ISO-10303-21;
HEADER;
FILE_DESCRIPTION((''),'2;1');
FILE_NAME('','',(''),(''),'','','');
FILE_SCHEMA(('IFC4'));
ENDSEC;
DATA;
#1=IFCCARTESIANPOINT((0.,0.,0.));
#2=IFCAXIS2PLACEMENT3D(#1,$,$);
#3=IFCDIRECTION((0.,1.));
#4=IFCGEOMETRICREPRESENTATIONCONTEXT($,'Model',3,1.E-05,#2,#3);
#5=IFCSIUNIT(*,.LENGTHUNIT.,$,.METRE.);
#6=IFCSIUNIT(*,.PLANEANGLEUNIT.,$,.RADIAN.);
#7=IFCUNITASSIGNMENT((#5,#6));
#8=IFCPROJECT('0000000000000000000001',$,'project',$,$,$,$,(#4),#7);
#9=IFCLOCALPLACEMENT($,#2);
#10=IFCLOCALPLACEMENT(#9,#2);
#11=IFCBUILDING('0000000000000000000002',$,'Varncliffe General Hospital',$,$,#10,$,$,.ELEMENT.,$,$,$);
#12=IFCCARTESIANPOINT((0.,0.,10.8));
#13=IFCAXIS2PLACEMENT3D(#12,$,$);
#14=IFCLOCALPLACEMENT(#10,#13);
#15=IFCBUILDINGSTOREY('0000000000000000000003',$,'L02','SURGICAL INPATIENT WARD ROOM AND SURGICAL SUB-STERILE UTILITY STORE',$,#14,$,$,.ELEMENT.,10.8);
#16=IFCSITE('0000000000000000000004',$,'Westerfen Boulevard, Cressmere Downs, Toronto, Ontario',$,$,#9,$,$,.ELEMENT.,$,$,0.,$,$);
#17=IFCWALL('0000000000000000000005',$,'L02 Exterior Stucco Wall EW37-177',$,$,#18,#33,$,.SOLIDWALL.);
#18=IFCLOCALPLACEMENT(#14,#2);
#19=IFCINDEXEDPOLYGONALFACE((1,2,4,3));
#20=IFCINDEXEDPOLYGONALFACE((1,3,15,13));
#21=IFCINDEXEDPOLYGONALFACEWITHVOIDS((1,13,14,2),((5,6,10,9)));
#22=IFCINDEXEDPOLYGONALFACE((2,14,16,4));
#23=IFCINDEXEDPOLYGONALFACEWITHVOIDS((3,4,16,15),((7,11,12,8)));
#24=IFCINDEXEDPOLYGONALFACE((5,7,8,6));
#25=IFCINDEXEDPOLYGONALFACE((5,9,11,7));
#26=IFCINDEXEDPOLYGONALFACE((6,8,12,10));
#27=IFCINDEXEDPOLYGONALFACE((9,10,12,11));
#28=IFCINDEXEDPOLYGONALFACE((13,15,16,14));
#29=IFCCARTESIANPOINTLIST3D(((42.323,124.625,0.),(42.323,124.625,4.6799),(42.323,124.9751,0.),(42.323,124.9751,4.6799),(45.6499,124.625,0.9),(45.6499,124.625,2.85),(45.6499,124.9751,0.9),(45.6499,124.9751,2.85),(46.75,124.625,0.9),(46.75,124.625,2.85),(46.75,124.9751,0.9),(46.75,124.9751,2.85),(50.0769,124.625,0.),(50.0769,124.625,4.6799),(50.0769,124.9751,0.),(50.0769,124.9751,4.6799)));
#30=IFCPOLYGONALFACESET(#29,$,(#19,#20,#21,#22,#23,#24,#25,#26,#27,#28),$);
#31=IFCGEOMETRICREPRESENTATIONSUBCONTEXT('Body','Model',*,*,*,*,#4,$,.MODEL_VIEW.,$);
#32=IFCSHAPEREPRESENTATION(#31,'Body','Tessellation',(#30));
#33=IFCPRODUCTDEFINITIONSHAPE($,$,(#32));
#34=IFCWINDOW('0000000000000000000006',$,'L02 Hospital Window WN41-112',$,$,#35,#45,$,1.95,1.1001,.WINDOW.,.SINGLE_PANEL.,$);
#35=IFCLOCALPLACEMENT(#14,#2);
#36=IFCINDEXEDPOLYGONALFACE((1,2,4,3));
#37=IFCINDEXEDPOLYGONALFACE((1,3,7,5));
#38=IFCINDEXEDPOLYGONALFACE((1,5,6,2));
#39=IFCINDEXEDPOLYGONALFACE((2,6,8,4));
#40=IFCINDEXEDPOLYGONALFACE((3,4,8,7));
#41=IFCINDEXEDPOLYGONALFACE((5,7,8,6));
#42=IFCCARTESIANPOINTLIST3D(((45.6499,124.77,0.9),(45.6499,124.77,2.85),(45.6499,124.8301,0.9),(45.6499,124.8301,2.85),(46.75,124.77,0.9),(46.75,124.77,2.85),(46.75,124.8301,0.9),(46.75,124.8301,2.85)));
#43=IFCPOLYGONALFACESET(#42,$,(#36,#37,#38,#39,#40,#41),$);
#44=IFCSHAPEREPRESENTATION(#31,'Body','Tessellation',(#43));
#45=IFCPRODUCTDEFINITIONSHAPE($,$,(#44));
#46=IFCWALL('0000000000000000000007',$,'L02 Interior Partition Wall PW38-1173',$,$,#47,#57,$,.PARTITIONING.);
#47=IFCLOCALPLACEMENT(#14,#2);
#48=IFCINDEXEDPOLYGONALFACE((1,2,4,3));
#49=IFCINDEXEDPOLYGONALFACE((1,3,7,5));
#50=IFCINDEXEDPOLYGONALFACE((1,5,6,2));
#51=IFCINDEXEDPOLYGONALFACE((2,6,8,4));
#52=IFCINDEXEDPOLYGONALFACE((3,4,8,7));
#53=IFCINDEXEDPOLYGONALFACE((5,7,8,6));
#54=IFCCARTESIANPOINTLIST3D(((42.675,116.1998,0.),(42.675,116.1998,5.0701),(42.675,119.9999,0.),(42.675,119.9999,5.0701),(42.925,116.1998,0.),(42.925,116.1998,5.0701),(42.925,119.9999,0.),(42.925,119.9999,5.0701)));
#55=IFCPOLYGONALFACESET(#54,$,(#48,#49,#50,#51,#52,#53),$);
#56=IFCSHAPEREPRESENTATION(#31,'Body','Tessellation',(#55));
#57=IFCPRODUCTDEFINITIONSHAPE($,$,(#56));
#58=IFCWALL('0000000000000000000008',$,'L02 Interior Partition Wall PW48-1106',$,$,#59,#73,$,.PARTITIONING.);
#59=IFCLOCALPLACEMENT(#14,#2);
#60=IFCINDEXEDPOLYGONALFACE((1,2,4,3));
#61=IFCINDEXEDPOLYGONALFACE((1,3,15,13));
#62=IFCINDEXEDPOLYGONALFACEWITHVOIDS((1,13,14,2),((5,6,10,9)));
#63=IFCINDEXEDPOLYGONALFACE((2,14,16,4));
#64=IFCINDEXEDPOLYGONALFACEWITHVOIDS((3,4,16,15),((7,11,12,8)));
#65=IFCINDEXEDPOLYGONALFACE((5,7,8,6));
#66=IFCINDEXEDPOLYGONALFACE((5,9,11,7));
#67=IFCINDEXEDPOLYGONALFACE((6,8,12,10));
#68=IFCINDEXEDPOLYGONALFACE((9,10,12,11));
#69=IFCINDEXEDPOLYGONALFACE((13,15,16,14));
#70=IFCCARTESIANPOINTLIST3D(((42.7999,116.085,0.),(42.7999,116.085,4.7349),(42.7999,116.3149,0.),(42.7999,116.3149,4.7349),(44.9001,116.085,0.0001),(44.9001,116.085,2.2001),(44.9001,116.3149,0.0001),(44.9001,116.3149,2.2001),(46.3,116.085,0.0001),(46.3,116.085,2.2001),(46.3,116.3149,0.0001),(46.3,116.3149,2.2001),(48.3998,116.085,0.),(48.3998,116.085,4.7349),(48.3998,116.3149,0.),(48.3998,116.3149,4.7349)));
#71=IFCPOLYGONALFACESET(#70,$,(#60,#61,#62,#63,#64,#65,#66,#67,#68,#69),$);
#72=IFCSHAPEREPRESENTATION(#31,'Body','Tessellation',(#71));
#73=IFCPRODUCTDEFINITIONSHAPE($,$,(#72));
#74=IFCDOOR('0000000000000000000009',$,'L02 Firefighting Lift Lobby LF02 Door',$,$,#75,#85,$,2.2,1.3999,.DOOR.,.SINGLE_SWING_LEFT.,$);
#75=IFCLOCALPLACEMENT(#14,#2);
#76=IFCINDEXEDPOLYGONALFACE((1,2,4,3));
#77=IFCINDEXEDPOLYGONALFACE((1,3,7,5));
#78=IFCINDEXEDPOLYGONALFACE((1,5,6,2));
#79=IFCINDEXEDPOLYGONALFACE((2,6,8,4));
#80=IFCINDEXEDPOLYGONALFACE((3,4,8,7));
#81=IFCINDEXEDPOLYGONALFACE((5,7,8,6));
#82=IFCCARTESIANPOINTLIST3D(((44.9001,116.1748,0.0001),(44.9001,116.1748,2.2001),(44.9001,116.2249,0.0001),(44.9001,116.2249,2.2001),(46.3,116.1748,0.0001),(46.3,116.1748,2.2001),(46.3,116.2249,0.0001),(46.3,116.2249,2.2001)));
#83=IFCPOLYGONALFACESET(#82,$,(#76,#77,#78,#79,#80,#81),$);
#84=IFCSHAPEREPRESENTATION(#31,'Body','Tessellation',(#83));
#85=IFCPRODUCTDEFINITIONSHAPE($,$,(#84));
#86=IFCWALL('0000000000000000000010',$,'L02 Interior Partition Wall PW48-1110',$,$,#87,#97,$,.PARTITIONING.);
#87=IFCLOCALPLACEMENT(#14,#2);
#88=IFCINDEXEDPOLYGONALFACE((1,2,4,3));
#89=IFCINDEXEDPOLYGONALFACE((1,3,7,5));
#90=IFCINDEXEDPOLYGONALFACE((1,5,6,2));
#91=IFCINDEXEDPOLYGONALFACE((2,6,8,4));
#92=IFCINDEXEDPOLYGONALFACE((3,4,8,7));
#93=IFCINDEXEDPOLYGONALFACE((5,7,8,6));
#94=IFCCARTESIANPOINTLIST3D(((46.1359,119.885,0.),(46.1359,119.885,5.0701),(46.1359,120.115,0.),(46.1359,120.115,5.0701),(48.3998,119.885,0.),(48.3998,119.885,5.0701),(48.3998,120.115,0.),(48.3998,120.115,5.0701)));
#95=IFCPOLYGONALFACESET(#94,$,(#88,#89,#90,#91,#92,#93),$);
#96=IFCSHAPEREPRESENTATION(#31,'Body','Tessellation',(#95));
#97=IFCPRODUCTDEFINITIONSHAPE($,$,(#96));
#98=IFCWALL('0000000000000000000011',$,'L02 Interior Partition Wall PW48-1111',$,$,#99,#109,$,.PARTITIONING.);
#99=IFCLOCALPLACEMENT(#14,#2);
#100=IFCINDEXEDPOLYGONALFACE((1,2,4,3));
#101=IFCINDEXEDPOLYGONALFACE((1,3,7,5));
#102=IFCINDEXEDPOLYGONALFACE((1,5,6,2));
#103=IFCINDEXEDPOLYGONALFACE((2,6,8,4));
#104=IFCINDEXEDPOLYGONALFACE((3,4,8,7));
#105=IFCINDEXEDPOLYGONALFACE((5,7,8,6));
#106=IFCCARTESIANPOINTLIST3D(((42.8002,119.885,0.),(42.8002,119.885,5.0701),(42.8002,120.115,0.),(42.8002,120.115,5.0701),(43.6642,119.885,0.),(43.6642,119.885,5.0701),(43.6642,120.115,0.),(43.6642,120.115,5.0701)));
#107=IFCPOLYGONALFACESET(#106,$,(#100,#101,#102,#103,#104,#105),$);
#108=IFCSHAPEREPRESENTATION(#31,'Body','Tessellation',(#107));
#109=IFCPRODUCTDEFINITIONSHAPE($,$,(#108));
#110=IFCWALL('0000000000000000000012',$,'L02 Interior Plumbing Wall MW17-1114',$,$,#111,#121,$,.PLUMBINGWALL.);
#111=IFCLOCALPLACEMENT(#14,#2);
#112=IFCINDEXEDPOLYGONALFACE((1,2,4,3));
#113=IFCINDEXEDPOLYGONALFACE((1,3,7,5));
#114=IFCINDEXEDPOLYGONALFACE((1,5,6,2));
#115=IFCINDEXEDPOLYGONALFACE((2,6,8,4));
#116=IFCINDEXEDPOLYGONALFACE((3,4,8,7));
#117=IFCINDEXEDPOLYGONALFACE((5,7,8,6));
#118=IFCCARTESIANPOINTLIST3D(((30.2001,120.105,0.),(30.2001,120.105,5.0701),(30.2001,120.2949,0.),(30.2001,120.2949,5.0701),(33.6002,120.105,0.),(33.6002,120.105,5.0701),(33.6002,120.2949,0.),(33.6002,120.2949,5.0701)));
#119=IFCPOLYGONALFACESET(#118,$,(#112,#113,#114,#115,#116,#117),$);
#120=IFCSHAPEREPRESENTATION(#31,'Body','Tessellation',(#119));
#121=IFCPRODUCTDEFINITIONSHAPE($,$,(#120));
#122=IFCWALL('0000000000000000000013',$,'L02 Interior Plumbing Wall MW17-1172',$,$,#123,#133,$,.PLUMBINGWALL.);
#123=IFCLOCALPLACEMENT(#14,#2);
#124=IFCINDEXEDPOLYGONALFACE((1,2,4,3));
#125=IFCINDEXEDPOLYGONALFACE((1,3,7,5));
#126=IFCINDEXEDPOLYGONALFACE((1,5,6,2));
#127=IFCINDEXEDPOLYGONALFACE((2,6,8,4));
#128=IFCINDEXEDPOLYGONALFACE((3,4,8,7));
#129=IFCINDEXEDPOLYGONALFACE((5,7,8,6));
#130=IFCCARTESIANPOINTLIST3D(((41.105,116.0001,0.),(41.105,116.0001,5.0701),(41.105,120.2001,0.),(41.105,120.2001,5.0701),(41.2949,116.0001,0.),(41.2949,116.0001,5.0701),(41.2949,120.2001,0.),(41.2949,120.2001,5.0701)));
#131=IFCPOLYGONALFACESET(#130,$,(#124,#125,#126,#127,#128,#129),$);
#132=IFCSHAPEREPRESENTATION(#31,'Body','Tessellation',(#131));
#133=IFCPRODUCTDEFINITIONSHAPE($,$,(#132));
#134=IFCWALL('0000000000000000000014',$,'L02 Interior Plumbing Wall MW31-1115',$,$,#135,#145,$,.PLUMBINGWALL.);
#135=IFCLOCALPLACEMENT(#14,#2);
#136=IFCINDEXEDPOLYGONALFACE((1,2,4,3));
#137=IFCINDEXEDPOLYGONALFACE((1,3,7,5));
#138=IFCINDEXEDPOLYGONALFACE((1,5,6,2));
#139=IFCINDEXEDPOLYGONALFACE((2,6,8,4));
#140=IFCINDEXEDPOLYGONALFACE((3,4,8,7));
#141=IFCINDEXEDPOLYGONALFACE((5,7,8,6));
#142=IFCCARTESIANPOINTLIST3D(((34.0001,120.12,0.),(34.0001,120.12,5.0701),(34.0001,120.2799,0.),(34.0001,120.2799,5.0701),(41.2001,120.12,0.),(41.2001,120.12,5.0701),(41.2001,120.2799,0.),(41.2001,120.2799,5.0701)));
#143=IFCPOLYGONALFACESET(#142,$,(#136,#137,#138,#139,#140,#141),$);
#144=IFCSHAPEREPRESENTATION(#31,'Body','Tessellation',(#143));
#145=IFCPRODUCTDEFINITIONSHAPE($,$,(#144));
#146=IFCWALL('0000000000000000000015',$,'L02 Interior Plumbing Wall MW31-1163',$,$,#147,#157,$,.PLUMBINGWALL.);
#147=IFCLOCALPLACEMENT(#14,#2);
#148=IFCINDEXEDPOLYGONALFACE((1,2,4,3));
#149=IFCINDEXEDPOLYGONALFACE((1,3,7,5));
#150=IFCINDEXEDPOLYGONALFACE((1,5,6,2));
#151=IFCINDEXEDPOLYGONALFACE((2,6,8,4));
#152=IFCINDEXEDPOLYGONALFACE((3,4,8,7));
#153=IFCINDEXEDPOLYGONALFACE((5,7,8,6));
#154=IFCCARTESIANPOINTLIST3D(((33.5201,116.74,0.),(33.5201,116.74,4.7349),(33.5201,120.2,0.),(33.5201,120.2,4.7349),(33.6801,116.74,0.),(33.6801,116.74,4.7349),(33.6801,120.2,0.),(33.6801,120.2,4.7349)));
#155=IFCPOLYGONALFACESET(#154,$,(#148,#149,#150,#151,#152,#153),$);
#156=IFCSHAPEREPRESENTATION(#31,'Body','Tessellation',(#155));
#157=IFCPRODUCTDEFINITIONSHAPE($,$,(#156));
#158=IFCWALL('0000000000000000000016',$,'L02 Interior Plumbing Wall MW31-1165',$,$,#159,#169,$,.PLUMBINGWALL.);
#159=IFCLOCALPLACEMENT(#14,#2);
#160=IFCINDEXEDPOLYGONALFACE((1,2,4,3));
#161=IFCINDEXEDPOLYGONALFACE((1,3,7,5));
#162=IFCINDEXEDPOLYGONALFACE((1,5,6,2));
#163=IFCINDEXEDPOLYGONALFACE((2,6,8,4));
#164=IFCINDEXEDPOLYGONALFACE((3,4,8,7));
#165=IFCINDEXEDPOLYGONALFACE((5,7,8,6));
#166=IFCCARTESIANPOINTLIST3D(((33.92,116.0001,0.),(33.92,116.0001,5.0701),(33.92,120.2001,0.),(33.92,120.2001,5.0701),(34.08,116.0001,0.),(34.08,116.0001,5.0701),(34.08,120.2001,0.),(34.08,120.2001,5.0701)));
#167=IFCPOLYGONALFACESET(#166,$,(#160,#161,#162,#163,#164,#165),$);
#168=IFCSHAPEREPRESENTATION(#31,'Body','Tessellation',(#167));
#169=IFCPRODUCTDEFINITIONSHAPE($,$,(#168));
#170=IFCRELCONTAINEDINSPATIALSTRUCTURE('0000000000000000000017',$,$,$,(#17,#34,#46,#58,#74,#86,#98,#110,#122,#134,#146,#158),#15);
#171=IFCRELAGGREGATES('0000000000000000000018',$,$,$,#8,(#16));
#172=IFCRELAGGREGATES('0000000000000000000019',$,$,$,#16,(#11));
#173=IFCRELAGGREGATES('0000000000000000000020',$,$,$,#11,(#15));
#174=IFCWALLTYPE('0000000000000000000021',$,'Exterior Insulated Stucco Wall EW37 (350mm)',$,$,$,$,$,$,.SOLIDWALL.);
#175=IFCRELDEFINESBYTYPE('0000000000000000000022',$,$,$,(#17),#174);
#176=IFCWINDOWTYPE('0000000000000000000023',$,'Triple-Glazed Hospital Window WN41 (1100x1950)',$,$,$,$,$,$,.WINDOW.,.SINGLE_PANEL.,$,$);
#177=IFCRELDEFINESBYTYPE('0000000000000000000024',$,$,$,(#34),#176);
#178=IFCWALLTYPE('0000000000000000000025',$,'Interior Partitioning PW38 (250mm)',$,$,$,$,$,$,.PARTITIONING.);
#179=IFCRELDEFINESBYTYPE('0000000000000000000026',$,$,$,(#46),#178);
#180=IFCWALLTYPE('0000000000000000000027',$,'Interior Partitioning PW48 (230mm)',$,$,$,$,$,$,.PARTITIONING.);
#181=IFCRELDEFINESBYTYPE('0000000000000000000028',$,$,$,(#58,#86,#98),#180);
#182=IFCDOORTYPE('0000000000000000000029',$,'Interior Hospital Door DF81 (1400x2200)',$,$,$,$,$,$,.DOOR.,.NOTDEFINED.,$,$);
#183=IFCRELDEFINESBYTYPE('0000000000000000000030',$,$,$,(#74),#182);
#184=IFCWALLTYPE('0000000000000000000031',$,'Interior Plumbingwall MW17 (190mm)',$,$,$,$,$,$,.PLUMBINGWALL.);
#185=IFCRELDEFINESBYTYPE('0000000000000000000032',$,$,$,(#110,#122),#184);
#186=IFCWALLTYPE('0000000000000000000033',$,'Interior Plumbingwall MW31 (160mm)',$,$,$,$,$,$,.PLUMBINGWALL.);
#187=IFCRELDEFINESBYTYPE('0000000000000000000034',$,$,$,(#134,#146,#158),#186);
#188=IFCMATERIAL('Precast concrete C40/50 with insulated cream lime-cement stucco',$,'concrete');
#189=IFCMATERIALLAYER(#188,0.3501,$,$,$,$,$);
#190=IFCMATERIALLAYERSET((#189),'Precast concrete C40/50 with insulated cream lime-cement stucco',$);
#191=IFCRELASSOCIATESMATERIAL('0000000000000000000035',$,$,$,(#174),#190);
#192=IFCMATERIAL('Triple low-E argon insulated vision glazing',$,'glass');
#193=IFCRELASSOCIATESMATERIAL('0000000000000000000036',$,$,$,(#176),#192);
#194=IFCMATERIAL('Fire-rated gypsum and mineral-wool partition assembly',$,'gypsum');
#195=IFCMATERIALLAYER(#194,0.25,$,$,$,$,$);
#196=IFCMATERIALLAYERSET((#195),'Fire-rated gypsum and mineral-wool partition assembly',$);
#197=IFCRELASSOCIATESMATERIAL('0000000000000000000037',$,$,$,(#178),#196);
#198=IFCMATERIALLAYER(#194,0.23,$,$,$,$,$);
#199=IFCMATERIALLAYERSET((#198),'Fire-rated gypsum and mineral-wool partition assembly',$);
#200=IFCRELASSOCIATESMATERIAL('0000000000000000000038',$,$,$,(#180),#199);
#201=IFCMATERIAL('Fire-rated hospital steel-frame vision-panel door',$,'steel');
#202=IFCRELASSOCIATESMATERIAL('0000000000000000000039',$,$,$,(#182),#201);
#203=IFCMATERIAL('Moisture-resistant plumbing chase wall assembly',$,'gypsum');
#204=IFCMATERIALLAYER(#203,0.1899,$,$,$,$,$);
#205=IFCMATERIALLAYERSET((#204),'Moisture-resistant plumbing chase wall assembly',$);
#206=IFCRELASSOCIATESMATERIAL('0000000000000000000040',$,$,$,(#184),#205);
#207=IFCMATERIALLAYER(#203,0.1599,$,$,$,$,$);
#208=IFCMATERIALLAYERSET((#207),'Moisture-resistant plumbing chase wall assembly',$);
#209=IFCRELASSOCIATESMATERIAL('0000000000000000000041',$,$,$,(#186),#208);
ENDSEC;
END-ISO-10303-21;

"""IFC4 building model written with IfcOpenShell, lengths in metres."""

from ifc_helpers import new_model, si_unit, direction, frame, frame_2d, origin, place, context, subcontext, project, spatial, rectangle, extrude, material, layer, layer_set, type_object, element, fill, save


model = new_model("IFC4")

# Units and contexts
model_context = context("Model", 3, precision=1e-05, world=origin(), true_north=direction((0.0, 1.0)))
body_context = subcontext(model_context, "Body", "Model", "MODEL_VIEW")
ifc_project = project(units=[si_unit("LENGTHUNIT", "METRE"), si_unit("PLANEANGLEUNIT", "RADIAN")], contexts=[model_context])

# Site, building, storey
site_placement = place(None, origin())
site = spatial("IfcSite", under=ifc_project, at=site_placement, Name="Westerfen Boulevard, Cressmere Downs, Toronto, Ontario", CompositionType="ELEMENT", RefElevation=0.0)
building_placement = place(site_placement, origin())
building = spatial("IfcBuilding", under=site, at=building_placement, Name="Varncliffe General Hospital", CompositionType="ELEMENT")
storey_placement = place(building_placement, frame((0.0, 0.0, 10.8)))
storey = spatial("IfcBuildingStorey", under=building, at=storey_placement, Name="L02", Description="SURGICAL INPATIENT WARD ROOM AND SURGICAL SUB-STERILE UTILITY STORE", CompositionType="ELEMENT", Elevation=10.8)

# Wall, opening, window
ifc_material_1 = material(Name="Precast concrete C40/50 with insulated cream lime-cement stucco", Category="concrete")
ifc_material_2 = material(Name="Triple low-E argon insulated vision glazing", Category="glass")
ifc_layer_1 = layer(ifc_material_1, 0.3501)
ifc_layer_set_1 = layer_set([ifc_layer_1], Name="Precast concrete C40/50 with insulated cream lime-cement stucco")
wall_type_1 = type_object("IfcWallType", Name="Exterior Insulated Stucco Wall EW37 (350mm)", PredefinedType="SOLIDWALL", material=ifc_layer_set_1)
wall_1_placement = place(storey_placement, frame((42.323, 124.8, 0.0), z_axis=(0.0, 0.0, 1.0), x_axis=(1.0, 0.0, 0.0)))
wall_1 = element("IfcWall", 1, at=wall_1_placement, inside=storey, type_object=wall_type_1, Name="L02 Exterior Stucco Wall EW37-177", PredefinedType="SOLIDWALL", context=body_context, shape_type="SweptSolid", body=[
    extrude(rectangle(XDim=7.7539, YDim=0.3501, at=frame_2d((3.877, 0.0))), origin(), (0.0, 0.0, 1.0), 4.6799),
])
opening_1_placement = place(wall_1_placement, frame((3.3269, 0.0, 0.8999)))
opening_1 = element("IfcOpeningElement", 2, at=opening_1_placement, cuts=wall_1, PredefinedType="OPENING", context=body_context, shape_type="SweptSolid", body=[
    extrude(rectangle(XDim=1.1001, YDim=1.95, at=frame_2d((0.55, 0.9751))), frame((0.0, 0.1851, 0.0), z_axis=(0.0, -1.0, 0.0), x_axis=(1.0, 0.0, 0.0)), (0.0, 0.0, 1.0), 0.3701),
])
window_type_1 = type_object("IfcWindowType", Name="Triple-Glazed Hospital Window WN41 (1100x1950)", PartitioningType="SINGLE_PANEL", PredefinedType="WINDOW", material=ifc_material_2)
window_1_placement = place(opening_1_placement, origin())
window_1 = element("IfcWindow", 3, at=window_1_placement, inside=storey, type_object=window_type_1, Name="L02 Hospital Window WN41-112", OverallHeight=1.95, OverallWidth=1.1001, PartitioningType="SINGLE_PANEL", PredefinedType="WINDOW", context=body_context, shape_type="SweptSolid", body=[
    extrude(rectangle(XDim=1.1001, YDim=1.95, at=frame_2d((0.55, 0.9751))), frame((0.0, 0.03, 0.0), z_axis=(0.0, -1.0, 0.0), x_axis=(1.0, 0.0, 0.0)), (0.0, 0.0, 1.0), 0.0601),
])
fill(opening_1, window_1)

# Wall
ifc_material_3 = material(Name="Fire-rated gypsum and mineral-wool partition assembly", Category="gypsum")
ifc_layer_2 = layer(ifc_material_3, 0.25)
ifc_layer_set_2 = layer_set([ifc_layer_2], Name="Fire-rated gypsum and mineral-wool partition assembly")
wall_type_2 = type_object("IfcWallType", Name="Interior Partitioning PW38 (250mm)", PredefinedType="PARTITIONING", material=ifc_layer_set_2)
wall_2_placement = place(storey_placement, frame((42.8, 116.2, 0.0), z_axis=(0.0, 0.0, 1.0), x_axis=(0.0, 1.0, 0.0)))
element("IfcWall", 4, at=wall_2_placement, inside=storey, type_object=wall_type_2, Name="L02 Interior Partition Wall PW38-1173", PredefinedType="PARTITIONING", context=body_context, shape_type="SweptSolid", body=[
    extrude(rectangle(XDim=3.8, YDim=0.25, at=frame_2d((1.8999, 0.0))), origin(), (0.0, 0.0, 1.0), 5.0701),
])

# Wall, opening, door
ifc_layer_3 = layer(ifc_material_3, 0.23)
ifc_layer_set_3 = layer_set([ifc_layer_3], Name="Fire-rated gypsum and mineral-wool partition assembly")
wall_type_3 = type_object("IfcWallType", Name="Interior Partitioning PW48 (230mm)", PredefinedType="PARTITIONING", material=ifc_layer_set_3)
wall_3_placement = place(storey_placement, frame((42.8, 116.2, 0.0), z_axis=(0.0, 0.0, 1.0), x_axis=(1.0, 0.0, 0.0)))
wall_3 = element("IfcWall", 5, at=wall_3_placement, inside=storey, type_object=wall_type_3, Name="L02 Interior Partition Wall PW48-1106", PredefinedType="PARTITIONING", context=body_context, shape_type="SweptSolid", body=[
    extrude(rectangle(XDim=5.5999, YDim=0.23, at=frame_2d((2.7998, 0.0))), origin(), (0.0, 0.0, 1.0), 4.7349),
])
opening_2_placement = place(wall_3_placement, frame((2.1001, 0.0, 0.0)))
opening_2 = element("IfcOpeningElement", 6, at=opening_2_placement, cuts=wall_3, PredefinedType="OPENING", context=body_context, shape_type="SweptSolid", body=[
    extrude(rectangle(XDim=1.3999, YDim=2.2, at=frame_2d((0.7, 1.1001))), frame((0.0, 0.125, 0.0), z_axis=(0.0, -1.0, 0.0), x_axis=(1.0, 0.0, 0.0)), (0.0, 0.0, 1.0), 0.25),
])
ifc_material_4 = material(Name="Fire-rated hospital steel-frame vision-panel door", Category="steel")
door_type_1 = type_object("IfcDoorType", Name="Interior Hospital Door DF81 (1400x2200)", OperationType="NOTDEFINED", PredefinedType="DOOR", material=ifc_material_4)
door_1_placement = place(opening_2_placement, origin())
door_1 = element("IfcDoor", 7, at=door_1_placement, inside=storey, type_object=door_type_1, Name="L02 Firefighting Lift Lobby LF02 Door", OperationType="SINGLE_SWING_LEFT", OverallHeight=2.2, OverallWidth=1.3999, PredefinedType="DOOR", context=body_context, shape_type="SweptSolid", body=[
    extrude(rectangle(XDim=1.3999, YDim=2.2, at=frame_2d((0.7, 1.1001))), frame((0.0, 0.0249, 0.0), z_axis=(0.0, -1.0, 0.0), x_axis=(1.0, 0.0, 0.0)), (0.0, 0.0, 1.0), 0.05),
])
fill(opening_2, door_1)

# Walls
wall_4_placement = place(storey_placement, frame((46.136, 120.0, 0.0), z_axis=(0.0, 0.0, 1.0), x_axis=(1.0, 0.0, 0.0)))
element("IfcWall", 8, at=wall_4_placement, inside=storey, type_object=wall_type_3, Name="L02 Interior Partition Wall PW48-1110", PredefinedType="PARTITIONING", context=body_context, shape_type="SweptSolid", body=[
    extrude(rectangle(XDim=2.2639, YDim=0.23, at=frame_2d((1.1318, 0.0))), origin(), (0.0, 0.0, 1.0), 5.0701),
])
wall_5_placement = place(storey_placement, frame((42.8, 120.0, 0.0), z_axis=(0.0, 0.0, 1.0), x_axis=(1.0, 0.0, 0.0)))
element("IfcWall", 9, at=wall_5_placement, inside=storey, type_object=wall_type_3, Name="L02 Interior Partition Wall PW48-1111", PredefinedType="PARTITIONING", context=body_context, shape_type="SweptSolid", body=[
    extrude(rectangle(XDim=0.864, YDim=0.23, at=frame_2d((0.4321, 0.0))), origin(), (0.0, 0.0, 1.0), 5.0701),
])
ifc_material_5 = material(Name="Moisture-resistant plumbing chase wall assembly", Category="gypsum")
ifc_layer_4 = layer(ifc_material_5, 0.1899)
ifc_layer_set_4 = layer_set([ifc_layer_4], Name="Moisture-resistant plumbing chase wall assembly")
wall_type_4 = type_object("IfcWallType", Name="Interior Plumbingwall MW17 (190mm)", PredefinedType="PLUMBINGWALL", material=ifc_layer_set_4)
wall_6_placement = place(storey_placement, frame((30.2, 120.2, 0.0), z_axis=(0.0, 0.0, 1.0), x_axis=(1.0, 0.0, 0.0)))
element("IfcWall", 10, at=wall_6_placement, inside=storey, type_object=wall_type_4, Name="L02 Interior Plumbing Wall MW17-1114", PredefinedType="PLUMBINGWALL", context=body_context, shape_type="SweptSolid", body=[
    extrude(rectangle(XDim=3.4001, YDim=0.1899, at=frame_2d((1.7002, 0.0))), origin(), (0.0, 0.0, 1.0), 5.0701),
])
wall_7_placement = place(storey_placement, frame((41.2, 116.0, 0.0), z_axis=(0.0, 0.0, 1.0), x_axis=(0.0, 1.0, 0.0)))
element("IfcWall", 11, at=wall_7_placement, inside=storey, type_object=wall_type_4, Name="L02 Interior Plumbing Wall MW17-1172", PredefinedType="PLUMBINGWALL", context=body_context, shape_type="SweptSolid", body=[
    extrude(rectangle(XDim=4.2, YDim=0.1899, at=frame_2d((2.1001, 0.0))), origin(), (0.0, 0.0, 1.0), 5.0701),
])
ifc_layer_5 = layer(ifc_material_5, 0.1599)
ifc_layer_set_5 = layer_set([ifc_layer_5], Name="Moisture-resistant plumbing chase wall assembly")
wall_type_5 = type_object("IfcWallType", Name="Interior Plumbingwall MW31 (160mm)", PredefinedType="PLUMBINGWALL", material=ifc_layer_set_5)
wall_8_placement = place(storey_placement, frame((34.0, 120.2, 0.0), z_axis=(0.0, 0.0, 1.0), x_axis=(1.0, 0.0, 0.0)))
element("IfcWall", 12, at=wall_8_placement, inside=storey, type_object=wall_type_5, Name="L02 Interior Plumbing Wall MW31-1115", PredefinedType="PLUMBINGWALL", context=body_context, shape_type="SweptSolid", body=[
    extrude(rectangle(XDim=7.2, YDim=0.1599, at=frame_2d((3.6001, 0.0))), origin(), (0.0, 0.0, 1.0), 5.0701),
])
wall_9_placement = place(storey_placement, frame((33.6001, 116.74, 0.0), z_axis=(0.0, 0.0, 1.0), x_axis=(0.0, 1.0, 0.0)))
element("IfcWall", 13, at=wall_9_placement, inside=storey, type_object=wall_type_5, Name="L02 Interior Plumbing Wall MW31-1163", PredefinedType="PLUMBINGWALL", context=body_context, shape_type="SweptSolid", body=[
    extrude(rectangle(XDim=3.46, YDim=0.1599, at=frame_2d((1.73, 0.0))), origin(), (0.0, 0.0, 1.0), 4.7349),
])
wall_10_placement = place(storey_placement, frame((34.0, 116.0, 0.0), z_axis=(0.0, 0.0, 1.0), x_axis=(0.0, 1.0, 0.0)))
element("IfcWall", 14, at=wall_10_placement, inside=storey, type_object=wall_type_5, Name="L02 Interior Plumbing Wall MW31-1165", PredefinedType="PLUMBINGWALL", context=body_context, shape_type="SweptSolid", body=[
    extrude(rectangle(XDim=4.2, YDim=0.1599, at=frame_2d((2.1001, 0.0))), origin(), (0.0, 0.0, 1.0), 5.0701),
])

save(model, "model.ifc")
